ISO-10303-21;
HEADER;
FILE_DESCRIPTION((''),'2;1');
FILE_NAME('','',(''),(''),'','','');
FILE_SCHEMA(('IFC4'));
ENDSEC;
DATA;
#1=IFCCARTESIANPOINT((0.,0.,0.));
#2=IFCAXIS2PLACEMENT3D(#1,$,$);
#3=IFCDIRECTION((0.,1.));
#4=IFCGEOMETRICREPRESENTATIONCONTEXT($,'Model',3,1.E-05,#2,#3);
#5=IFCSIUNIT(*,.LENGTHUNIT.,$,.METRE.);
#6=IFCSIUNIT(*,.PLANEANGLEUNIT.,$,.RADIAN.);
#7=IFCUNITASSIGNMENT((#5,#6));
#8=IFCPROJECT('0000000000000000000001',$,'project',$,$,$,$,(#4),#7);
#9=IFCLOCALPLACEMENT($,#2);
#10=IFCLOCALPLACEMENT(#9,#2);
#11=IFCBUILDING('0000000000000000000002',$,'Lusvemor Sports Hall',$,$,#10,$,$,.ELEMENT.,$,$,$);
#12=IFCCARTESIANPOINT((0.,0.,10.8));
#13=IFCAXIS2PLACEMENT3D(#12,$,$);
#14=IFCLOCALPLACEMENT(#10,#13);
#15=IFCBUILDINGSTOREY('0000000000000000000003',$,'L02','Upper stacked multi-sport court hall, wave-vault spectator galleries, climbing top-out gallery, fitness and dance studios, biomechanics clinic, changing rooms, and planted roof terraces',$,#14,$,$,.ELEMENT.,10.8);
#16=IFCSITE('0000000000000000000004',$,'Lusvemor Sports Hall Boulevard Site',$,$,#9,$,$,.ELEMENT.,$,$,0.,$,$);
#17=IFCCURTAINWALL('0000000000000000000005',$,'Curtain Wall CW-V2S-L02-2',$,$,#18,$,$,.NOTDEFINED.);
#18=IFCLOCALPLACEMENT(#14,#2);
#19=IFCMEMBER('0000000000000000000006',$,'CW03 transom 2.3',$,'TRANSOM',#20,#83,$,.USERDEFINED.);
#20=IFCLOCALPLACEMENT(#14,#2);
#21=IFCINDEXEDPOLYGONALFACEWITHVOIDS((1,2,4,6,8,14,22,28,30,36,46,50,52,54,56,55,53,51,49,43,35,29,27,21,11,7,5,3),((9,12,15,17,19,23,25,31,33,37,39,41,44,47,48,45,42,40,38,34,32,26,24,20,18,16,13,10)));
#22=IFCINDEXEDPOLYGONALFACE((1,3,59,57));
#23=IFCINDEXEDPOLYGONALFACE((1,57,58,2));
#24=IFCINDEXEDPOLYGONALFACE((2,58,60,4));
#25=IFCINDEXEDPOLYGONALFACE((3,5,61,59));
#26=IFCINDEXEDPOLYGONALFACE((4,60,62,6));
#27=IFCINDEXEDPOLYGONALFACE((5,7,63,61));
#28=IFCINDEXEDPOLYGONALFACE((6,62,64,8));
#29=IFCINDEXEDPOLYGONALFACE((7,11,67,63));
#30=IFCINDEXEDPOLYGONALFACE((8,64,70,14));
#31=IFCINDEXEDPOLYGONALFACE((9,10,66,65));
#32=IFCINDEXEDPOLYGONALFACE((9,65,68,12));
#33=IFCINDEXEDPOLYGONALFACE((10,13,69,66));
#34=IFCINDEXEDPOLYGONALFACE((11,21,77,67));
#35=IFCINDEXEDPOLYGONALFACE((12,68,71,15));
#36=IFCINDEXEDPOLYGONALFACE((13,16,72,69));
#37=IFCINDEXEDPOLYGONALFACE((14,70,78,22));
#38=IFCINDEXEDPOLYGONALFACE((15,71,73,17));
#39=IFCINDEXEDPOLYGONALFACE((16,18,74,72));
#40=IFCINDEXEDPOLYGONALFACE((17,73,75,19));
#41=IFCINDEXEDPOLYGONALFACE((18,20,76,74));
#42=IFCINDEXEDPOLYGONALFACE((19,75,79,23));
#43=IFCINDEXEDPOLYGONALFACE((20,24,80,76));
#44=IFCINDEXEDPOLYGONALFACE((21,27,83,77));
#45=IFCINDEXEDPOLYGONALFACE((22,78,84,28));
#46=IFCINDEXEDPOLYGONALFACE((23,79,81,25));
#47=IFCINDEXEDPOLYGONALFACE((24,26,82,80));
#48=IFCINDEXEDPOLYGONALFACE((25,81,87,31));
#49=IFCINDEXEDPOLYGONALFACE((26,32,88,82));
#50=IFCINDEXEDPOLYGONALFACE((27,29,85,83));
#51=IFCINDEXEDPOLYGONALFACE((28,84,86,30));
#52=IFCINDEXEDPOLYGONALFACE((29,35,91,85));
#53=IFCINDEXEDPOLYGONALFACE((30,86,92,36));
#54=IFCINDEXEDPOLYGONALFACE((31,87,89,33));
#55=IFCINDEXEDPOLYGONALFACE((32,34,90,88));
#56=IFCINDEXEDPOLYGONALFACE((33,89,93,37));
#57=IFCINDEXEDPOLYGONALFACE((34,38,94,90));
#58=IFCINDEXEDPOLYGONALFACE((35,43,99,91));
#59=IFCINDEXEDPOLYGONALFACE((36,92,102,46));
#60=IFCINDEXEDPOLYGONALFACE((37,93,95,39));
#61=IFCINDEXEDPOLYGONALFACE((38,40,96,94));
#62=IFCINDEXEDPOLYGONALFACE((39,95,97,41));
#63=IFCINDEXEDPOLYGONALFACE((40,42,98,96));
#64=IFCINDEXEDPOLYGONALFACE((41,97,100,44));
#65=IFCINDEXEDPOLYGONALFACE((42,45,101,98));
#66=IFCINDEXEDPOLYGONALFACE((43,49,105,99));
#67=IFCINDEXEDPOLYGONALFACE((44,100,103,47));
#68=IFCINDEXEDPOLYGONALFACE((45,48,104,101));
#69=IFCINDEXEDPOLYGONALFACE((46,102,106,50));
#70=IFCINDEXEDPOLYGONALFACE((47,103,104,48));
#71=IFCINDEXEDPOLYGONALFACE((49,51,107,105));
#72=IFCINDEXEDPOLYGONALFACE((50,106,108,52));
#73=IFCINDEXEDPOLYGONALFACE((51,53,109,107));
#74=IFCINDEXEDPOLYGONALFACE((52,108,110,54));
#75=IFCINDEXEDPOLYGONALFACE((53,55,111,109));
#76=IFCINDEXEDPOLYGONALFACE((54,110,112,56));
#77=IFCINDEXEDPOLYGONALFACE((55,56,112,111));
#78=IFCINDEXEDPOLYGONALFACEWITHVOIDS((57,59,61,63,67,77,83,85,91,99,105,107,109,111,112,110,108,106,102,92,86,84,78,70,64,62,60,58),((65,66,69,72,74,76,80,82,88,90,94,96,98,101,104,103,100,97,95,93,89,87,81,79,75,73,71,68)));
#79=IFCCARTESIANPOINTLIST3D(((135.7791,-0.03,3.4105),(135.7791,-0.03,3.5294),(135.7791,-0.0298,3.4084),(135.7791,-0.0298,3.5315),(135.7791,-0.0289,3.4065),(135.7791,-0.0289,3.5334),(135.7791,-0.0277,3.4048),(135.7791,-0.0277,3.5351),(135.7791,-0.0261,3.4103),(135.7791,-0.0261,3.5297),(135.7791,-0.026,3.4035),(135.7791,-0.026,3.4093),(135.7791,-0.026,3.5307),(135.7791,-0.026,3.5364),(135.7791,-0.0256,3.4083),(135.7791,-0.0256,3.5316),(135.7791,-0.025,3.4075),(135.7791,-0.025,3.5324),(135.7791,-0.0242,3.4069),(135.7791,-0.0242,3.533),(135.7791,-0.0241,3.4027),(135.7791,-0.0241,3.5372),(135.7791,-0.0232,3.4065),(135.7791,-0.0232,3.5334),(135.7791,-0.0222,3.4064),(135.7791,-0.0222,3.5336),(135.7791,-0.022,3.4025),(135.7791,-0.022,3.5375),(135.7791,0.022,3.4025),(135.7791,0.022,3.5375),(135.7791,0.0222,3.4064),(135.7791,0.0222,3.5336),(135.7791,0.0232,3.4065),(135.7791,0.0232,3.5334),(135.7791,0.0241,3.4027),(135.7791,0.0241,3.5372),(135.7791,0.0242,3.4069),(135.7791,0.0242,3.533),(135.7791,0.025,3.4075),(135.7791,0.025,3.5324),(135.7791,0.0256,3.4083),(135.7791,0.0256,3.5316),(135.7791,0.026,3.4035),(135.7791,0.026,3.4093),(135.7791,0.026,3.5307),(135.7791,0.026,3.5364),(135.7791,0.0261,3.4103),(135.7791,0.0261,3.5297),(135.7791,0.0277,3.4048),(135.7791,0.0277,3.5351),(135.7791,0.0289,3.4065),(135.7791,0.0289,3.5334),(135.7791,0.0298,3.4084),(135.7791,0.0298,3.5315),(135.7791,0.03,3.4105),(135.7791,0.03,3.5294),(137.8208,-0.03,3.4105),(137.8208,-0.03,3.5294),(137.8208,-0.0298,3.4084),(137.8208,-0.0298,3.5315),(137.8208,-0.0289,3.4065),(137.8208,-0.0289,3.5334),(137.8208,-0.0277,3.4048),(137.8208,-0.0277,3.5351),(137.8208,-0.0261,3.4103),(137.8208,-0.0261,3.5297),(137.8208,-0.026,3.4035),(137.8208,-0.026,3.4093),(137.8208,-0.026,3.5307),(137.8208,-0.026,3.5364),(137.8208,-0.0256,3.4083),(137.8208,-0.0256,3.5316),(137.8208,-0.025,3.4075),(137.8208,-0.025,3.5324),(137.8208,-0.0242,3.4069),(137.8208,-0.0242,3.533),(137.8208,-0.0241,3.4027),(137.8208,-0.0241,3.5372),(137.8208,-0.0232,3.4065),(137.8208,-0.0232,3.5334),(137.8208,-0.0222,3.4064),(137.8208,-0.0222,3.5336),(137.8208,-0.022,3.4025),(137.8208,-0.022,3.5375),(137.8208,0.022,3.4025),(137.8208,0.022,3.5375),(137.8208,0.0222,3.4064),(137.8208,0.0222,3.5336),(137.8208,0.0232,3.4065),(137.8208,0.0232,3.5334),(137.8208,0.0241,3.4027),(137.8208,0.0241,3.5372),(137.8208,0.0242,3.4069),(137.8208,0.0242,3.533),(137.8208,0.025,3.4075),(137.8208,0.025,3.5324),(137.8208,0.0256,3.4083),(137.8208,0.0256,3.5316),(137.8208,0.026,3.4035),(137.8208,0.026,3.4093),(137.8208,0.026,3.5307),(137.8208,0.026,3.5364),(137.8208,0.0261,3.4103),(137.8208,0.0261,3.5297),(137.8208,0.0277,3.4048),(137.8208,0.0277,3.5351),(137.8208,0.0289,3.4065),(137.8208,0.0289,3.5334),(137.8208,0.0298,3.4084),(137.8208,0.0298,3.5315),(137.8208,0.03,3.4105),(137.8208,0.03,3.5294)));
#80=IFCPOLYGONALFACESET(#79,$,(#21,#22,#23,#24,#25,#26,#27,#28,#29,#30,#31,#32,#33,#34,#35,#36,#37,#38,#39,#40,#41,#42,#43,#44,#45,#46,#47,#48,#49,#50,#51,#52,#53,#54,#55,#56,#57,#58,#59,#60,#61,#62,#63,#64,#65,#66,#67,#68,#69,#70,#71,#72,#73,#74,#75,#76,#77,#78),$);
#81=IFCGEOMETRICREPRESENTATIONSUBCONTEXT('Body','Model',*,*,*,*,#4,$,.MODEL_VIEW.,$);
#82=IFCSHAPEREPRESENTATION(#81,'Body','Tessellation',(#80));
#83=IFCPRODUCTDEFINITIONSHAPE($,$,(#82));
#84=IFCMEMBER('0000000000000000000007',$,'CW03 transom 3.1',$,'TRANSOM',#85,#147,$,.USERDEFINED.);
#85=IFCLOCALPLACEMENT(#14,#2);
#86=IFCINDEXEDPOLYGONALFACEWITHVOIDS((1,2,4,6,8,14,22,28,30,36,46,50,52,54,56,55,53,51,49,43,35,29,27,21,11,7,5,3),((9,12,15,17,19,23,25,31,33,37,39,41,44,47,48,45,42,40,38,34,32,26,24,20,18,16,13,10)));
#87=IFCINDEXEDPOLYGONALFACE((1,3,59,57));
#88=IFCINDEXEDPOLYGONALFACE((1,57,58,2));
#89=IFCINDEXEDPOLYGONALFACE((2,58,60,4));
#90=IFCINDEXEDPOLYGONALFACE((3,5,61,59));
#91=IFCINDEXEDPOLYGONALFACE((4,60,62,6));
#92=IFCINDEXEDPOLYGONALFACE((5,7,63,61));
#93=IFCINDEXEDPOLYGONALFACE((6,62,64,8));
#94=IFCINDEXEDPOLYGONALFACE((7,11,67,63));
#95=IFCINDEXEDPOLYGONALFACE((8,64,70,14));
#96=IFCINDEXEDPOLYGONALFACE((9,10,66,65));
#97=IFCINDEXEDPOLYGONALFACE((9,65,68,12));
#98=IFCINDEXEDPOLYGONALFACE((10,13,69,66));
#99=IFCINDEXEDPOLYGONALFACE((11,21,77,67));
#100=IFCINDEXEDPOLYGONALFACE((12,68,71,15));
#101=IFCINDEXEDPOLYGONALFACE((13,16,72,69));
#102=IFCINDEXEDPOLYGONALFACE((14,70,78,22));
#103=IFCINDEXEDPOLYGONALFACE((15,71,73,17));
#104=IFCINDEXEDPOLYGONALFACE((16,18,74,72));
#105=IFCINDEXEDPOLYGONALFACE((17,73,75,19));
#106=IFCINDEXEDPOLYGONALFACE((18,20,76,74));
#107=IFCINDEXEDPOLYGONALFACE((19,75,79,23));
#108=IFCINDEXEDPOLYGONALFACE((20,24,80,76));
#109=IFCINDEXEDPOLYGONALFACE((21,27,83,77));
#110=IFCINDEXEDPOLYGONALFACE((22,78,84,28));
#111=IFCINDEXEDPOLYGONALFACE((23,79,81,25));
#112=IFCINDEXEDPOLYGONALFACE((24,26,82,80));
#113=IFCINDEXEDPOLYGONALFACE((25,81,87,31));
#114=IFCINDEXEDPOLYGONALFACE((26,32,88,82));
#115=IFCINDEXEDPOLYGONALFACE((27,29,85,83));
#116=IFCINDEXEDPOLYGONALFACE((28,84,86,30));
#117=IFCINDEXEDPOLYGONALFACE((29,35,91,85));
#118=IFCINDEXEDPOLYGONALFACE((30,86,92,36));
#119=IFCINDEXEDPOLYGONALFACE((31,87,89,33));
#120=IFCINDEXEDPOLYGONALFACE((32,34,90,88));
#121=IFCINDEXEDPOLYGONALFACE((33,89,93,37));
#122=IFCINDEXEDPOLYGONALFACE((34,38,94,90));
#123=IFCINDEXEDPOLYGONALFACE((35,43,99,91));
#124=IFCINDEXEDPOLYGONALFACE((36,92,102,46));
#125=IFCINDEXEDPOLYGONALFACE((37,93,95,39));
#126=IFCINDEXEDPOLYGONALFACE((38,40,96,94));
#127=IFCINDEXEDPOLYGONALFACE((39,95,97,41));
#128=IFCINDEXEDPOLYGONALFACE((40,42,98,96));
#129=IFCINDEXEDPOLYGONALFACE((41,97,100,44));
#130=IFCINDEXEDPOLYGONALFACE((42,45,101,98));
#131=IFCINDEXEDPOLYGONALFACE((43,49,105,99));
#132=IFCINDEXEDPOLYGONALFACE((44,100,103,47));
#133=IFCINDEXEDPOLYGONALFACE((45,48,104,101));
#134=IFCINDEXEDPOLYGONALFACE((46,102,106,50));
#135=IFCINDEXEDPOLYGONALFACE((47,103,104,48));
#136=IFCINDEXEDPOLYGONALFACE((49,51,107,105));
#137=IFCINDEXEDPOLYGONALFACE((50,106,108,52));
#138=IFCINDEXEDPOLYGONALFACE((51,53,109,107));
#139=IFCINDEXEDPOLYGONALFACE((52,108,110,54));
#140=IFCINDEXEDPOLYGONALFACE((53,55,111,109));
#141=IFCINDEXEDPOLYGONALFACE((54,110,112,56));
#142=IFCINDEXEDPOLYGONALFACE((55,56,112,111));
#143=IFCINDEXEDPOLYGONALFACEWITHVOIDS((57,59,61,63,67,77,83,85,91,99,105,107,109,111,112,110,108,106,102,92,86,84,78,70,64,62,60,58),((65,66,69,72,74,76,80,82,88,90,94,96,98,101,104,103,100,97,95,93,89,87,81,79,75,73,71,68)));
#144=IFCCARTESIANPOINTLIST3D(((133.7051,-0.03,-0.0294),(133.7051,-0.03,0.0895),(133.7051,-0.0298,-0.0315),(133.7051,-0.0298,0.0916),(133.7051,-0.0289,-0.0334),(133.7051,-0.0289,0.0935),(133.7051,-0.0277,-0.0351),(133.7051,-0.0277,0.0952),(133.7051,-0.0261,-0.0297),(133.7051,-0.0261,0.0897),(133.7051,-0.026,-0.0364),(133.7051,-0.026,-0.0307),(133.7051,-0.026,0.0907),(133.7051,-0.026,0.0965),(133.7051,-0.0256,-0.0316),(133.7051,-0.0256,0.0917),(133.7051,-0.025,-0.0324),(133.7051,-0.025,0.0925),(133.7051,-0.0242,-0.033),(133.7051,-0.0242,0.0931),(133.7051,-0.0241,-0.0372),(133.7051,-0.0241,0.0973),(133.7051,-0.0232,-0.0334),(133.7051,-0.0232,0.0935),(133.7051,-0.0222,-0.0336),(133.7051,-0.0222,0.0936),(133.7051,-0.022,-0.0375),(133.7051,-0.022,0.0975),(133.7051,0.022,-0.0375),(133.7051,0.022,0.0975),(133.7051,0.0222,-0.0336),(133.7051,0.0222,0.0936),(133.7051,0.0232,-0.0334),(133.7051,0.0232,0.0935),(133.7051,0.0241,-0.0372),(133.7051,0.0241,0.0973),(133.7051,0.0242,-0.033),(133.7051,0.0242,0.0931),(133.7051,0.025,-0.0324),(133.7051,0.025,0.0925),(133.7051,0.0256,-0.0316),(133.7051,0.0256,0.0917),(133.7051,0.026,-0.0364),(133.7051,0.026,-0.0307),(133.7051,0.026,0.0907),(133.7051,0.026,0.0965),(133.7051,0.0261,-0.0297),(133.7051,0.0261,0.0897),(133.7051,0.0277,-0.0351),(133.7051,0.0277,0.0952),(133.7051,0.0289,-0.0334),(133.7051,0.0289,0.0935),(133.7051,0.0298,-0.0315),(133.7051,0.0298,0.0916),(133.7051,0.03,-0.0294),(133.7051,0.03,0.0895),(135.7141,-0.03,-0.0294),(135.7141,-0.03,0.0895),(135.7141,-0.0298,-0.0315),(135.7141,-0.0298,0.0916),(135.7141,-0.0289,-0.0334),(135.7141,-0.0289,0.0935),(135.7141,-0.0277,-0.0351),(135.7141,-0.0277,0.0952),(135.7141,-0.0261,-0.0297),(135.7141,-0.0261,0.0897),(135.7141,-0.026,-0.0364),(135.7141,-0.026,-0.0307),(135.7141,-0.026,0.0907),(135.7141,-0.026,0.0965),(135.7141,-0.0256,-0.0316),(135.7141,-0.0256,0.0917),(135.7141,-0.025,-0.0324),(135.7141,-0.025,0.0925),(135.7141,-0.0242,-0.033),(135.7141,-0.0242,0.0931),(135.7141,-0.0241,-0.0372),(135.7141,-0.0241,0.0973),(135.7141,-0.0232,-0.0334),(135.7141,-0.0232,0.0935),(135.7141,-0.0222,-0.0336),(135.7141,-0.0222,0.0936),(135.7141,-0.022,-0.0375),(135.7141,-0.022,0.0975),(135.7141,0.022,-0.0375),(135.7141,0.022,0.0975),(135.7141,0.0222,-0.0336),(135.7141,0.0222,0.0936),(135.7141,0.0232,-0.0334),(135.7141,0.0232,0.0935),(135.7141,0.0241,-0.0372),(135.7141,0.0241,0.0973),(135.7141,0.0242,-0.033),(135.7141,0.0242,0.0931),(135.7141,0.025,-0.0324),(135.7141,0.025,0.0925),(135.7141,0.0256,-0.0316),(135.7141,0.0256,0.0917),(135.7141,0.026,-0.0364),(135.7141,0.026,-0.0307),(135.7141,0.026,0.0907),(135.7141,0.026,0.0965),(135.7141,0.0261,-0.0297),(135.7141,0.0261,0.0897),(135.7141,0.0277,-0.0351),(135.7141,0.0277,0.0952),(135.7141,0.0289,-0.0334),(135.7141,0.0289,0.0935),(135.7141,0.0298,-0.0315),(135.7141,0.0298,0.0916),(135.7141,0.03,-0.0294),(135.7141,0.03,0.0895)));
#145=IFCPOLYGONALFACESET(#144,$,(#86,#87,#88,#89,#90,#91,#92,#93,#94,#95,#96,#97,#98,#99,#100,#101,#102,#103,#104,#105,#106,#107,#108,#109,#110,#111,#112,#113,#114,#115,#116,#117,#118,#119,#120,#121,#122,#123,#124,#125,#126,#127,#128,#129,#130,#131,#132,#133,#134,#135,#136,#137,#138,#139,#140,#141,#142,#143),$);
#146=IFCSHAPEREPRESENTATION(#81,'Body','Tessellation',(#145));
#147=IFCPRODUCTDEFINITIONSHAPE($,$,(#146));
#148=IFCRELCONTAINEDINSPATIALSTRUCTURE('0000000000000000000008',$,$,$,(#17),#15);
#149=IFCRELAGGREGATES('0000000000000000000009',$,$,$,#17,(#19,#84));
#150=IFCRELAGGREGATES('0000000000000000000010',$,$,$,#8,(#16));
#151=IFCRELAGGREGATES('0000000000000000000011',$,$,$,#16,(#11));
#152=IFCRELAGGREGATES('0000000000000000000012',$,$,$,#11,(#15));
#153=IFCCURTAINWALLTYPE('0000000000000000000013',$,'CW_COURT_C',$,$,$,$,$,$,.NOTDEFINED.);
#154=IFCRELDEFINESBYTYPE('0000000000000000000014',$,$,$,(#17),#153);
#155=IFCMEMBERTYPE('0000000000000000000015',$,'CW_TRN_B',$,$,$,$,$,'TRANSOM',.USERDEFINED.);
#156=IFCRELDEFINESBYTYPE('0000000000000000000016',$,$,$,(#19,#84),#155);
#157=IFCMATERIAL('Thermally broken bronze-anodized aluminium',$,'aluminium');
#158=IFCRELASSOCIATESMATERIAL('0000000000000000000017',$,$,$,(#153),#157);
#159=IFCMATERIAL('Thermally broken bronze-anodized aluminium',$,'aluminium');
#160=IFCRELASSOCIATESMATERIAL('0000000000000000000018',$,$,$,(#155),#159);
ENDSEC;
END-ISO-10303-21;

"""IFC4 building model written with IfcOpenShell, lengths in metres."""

from ifc_helpers import new_model, si_unit, direction, frame, origin, origin_2d, place, context, subcontext, project, spatial, hollow_rectangle, extrude, material, material_profile, profile_set, type_object, element, aggregate, save


model = new_model("IFC4")

# Units and contexts
model_context = context("Model", 3, precision=1e-05, world=origin(), true_north=direction((0.0, 1.0)))
body_context = subcontext(model_context, "Body", "Model", "MODEL_VIEW")
ifc_project = project(units=[si_unit("LENGTHUNIT", "METRE"), si_unit("PLANEANGLEUNIT", "RADIAN")], contexts=[model_context])

# Site, building, storey
site_placement = place(None, origin())
site = spatial("IfcSite", under=ifc_project, at=site_placement, Name="Lusvemor Sports Hall Boulevard Site", CompositionType="ELEMENT", RefElevation=0.0)
building_placement = place(site_placement, origin())
building = spatial("IfcBuilding", under=site, at=building_placement, Name="Lusvemor Sports Hall", CompositionType="ELEMENT")
storey_placement = place(building_placement, frame((0.0, 0.0, 10.8)))
storey = spatial("IfcBuildingStorey", under=building, at=storey_placement, Name="L02", Description="Upper stacked multi-sport court hall, wave-vault spectator galleries, climbing top-out gallery, fitness and dance studios, biomechanics clinic, changing rooms, and planted roof terraces", CompositionType="ELEMENT", Elevation=10.8)

# Shared definitions
ifc_material_1 = material(Name="Thermally broken bronze-anodized aluminium", Category="aluminium")
curtain_wall_type = type_object("IfcCurtainWallType", Name="CW_COURT_C", PredefinedType="NOTDEFINED", material=ifc_material_1)

# Curtain wall
curtain_wall_1_placement = place(storey_placement, origin())
curtain_wall_1 = element("IfcCurtainWall", 1, at=curtain_wall_1_placement, inside=storey, type_object=curtain_wall_type, Name="Curtain Wall CW-V2S-L02-2", PredefinedType="NOTDEFINED")

# Members
ifc_material_2 = material(Name="Thermally broken bronze-anodized aluminium", Category="aluminium")
ifc_material_profile_1 = material_profile(ifc_material_2, hollow_rectangle(XDim=0.0601, YDim=0.135, WallThickness=0.0039, InnerFilletRadius=0.0039, OuterFilletRadius=0.0081, at=origin_2d()), Name="CWTRN135x60x4")
ifc_profile_set_1 = profile_set([ifc_material_profile_1], Name="Thermally broken bronze-anodized aluminium")
member_type_1 = type_object("IfcMemberType", Name="CW_TRN_B", ElementType="TRANSOM", PredefinedType="USERDEFINED", material=ifc_profile_set_1)
member_1_placement = place(storey_placement, frame((137.8208, 0.0, 3.47), z_axis=(-1.0, 0.0, 0.0), x_axis=(0.0, -1.0, 0.0)))
member_1 = element("IfcMember", 2, at=member_1_placement, type_object=member_type_1, Name="CW03 transom 2.3", ObjectType="TRANSOM", PredefinedType="USERDEFINED", context=body_context, shape_type="SweptSolid", body=[
    extrude(hollow_rectangle(XDim=0.0601, YDim=0.135, WallThickness=0.0039, InnerFilletRadius=0.0039, OuterFilletRadius=0.0081, at=origin_2d()), origin(), (0.0, 0.0, 1.0), 2.0417),
])
member_2_placement = place(storey_placement, frame((135.7141, 0.0, 0.03), z_axis=(-1.0, 0.0, 0.0), x_axis=(0.0, -1.0, 0.0)))
member_2 = element("IfcMember", 3, at=member_2_placement, type_object=member_type_1, Name="CW03 transom 3.1", ObjectType="TRANSOM", PredefinedType="USERDEFINED", context=body_context, shape_type="SweptSolid", body=[
    extrude(hollow_rectangle(XDim=0.0601, YDim=0.135, WallThickness=0.0039, InnerFilletRadius=0.0039, OuterFilletRadius=0.0081, at=origin_2d()), origin(), (0.0, 0.0, 1.0), 2.009),
])

aggregate(curtain_wall_1, [member_1, member_2])

save(model, "model.ifc")
